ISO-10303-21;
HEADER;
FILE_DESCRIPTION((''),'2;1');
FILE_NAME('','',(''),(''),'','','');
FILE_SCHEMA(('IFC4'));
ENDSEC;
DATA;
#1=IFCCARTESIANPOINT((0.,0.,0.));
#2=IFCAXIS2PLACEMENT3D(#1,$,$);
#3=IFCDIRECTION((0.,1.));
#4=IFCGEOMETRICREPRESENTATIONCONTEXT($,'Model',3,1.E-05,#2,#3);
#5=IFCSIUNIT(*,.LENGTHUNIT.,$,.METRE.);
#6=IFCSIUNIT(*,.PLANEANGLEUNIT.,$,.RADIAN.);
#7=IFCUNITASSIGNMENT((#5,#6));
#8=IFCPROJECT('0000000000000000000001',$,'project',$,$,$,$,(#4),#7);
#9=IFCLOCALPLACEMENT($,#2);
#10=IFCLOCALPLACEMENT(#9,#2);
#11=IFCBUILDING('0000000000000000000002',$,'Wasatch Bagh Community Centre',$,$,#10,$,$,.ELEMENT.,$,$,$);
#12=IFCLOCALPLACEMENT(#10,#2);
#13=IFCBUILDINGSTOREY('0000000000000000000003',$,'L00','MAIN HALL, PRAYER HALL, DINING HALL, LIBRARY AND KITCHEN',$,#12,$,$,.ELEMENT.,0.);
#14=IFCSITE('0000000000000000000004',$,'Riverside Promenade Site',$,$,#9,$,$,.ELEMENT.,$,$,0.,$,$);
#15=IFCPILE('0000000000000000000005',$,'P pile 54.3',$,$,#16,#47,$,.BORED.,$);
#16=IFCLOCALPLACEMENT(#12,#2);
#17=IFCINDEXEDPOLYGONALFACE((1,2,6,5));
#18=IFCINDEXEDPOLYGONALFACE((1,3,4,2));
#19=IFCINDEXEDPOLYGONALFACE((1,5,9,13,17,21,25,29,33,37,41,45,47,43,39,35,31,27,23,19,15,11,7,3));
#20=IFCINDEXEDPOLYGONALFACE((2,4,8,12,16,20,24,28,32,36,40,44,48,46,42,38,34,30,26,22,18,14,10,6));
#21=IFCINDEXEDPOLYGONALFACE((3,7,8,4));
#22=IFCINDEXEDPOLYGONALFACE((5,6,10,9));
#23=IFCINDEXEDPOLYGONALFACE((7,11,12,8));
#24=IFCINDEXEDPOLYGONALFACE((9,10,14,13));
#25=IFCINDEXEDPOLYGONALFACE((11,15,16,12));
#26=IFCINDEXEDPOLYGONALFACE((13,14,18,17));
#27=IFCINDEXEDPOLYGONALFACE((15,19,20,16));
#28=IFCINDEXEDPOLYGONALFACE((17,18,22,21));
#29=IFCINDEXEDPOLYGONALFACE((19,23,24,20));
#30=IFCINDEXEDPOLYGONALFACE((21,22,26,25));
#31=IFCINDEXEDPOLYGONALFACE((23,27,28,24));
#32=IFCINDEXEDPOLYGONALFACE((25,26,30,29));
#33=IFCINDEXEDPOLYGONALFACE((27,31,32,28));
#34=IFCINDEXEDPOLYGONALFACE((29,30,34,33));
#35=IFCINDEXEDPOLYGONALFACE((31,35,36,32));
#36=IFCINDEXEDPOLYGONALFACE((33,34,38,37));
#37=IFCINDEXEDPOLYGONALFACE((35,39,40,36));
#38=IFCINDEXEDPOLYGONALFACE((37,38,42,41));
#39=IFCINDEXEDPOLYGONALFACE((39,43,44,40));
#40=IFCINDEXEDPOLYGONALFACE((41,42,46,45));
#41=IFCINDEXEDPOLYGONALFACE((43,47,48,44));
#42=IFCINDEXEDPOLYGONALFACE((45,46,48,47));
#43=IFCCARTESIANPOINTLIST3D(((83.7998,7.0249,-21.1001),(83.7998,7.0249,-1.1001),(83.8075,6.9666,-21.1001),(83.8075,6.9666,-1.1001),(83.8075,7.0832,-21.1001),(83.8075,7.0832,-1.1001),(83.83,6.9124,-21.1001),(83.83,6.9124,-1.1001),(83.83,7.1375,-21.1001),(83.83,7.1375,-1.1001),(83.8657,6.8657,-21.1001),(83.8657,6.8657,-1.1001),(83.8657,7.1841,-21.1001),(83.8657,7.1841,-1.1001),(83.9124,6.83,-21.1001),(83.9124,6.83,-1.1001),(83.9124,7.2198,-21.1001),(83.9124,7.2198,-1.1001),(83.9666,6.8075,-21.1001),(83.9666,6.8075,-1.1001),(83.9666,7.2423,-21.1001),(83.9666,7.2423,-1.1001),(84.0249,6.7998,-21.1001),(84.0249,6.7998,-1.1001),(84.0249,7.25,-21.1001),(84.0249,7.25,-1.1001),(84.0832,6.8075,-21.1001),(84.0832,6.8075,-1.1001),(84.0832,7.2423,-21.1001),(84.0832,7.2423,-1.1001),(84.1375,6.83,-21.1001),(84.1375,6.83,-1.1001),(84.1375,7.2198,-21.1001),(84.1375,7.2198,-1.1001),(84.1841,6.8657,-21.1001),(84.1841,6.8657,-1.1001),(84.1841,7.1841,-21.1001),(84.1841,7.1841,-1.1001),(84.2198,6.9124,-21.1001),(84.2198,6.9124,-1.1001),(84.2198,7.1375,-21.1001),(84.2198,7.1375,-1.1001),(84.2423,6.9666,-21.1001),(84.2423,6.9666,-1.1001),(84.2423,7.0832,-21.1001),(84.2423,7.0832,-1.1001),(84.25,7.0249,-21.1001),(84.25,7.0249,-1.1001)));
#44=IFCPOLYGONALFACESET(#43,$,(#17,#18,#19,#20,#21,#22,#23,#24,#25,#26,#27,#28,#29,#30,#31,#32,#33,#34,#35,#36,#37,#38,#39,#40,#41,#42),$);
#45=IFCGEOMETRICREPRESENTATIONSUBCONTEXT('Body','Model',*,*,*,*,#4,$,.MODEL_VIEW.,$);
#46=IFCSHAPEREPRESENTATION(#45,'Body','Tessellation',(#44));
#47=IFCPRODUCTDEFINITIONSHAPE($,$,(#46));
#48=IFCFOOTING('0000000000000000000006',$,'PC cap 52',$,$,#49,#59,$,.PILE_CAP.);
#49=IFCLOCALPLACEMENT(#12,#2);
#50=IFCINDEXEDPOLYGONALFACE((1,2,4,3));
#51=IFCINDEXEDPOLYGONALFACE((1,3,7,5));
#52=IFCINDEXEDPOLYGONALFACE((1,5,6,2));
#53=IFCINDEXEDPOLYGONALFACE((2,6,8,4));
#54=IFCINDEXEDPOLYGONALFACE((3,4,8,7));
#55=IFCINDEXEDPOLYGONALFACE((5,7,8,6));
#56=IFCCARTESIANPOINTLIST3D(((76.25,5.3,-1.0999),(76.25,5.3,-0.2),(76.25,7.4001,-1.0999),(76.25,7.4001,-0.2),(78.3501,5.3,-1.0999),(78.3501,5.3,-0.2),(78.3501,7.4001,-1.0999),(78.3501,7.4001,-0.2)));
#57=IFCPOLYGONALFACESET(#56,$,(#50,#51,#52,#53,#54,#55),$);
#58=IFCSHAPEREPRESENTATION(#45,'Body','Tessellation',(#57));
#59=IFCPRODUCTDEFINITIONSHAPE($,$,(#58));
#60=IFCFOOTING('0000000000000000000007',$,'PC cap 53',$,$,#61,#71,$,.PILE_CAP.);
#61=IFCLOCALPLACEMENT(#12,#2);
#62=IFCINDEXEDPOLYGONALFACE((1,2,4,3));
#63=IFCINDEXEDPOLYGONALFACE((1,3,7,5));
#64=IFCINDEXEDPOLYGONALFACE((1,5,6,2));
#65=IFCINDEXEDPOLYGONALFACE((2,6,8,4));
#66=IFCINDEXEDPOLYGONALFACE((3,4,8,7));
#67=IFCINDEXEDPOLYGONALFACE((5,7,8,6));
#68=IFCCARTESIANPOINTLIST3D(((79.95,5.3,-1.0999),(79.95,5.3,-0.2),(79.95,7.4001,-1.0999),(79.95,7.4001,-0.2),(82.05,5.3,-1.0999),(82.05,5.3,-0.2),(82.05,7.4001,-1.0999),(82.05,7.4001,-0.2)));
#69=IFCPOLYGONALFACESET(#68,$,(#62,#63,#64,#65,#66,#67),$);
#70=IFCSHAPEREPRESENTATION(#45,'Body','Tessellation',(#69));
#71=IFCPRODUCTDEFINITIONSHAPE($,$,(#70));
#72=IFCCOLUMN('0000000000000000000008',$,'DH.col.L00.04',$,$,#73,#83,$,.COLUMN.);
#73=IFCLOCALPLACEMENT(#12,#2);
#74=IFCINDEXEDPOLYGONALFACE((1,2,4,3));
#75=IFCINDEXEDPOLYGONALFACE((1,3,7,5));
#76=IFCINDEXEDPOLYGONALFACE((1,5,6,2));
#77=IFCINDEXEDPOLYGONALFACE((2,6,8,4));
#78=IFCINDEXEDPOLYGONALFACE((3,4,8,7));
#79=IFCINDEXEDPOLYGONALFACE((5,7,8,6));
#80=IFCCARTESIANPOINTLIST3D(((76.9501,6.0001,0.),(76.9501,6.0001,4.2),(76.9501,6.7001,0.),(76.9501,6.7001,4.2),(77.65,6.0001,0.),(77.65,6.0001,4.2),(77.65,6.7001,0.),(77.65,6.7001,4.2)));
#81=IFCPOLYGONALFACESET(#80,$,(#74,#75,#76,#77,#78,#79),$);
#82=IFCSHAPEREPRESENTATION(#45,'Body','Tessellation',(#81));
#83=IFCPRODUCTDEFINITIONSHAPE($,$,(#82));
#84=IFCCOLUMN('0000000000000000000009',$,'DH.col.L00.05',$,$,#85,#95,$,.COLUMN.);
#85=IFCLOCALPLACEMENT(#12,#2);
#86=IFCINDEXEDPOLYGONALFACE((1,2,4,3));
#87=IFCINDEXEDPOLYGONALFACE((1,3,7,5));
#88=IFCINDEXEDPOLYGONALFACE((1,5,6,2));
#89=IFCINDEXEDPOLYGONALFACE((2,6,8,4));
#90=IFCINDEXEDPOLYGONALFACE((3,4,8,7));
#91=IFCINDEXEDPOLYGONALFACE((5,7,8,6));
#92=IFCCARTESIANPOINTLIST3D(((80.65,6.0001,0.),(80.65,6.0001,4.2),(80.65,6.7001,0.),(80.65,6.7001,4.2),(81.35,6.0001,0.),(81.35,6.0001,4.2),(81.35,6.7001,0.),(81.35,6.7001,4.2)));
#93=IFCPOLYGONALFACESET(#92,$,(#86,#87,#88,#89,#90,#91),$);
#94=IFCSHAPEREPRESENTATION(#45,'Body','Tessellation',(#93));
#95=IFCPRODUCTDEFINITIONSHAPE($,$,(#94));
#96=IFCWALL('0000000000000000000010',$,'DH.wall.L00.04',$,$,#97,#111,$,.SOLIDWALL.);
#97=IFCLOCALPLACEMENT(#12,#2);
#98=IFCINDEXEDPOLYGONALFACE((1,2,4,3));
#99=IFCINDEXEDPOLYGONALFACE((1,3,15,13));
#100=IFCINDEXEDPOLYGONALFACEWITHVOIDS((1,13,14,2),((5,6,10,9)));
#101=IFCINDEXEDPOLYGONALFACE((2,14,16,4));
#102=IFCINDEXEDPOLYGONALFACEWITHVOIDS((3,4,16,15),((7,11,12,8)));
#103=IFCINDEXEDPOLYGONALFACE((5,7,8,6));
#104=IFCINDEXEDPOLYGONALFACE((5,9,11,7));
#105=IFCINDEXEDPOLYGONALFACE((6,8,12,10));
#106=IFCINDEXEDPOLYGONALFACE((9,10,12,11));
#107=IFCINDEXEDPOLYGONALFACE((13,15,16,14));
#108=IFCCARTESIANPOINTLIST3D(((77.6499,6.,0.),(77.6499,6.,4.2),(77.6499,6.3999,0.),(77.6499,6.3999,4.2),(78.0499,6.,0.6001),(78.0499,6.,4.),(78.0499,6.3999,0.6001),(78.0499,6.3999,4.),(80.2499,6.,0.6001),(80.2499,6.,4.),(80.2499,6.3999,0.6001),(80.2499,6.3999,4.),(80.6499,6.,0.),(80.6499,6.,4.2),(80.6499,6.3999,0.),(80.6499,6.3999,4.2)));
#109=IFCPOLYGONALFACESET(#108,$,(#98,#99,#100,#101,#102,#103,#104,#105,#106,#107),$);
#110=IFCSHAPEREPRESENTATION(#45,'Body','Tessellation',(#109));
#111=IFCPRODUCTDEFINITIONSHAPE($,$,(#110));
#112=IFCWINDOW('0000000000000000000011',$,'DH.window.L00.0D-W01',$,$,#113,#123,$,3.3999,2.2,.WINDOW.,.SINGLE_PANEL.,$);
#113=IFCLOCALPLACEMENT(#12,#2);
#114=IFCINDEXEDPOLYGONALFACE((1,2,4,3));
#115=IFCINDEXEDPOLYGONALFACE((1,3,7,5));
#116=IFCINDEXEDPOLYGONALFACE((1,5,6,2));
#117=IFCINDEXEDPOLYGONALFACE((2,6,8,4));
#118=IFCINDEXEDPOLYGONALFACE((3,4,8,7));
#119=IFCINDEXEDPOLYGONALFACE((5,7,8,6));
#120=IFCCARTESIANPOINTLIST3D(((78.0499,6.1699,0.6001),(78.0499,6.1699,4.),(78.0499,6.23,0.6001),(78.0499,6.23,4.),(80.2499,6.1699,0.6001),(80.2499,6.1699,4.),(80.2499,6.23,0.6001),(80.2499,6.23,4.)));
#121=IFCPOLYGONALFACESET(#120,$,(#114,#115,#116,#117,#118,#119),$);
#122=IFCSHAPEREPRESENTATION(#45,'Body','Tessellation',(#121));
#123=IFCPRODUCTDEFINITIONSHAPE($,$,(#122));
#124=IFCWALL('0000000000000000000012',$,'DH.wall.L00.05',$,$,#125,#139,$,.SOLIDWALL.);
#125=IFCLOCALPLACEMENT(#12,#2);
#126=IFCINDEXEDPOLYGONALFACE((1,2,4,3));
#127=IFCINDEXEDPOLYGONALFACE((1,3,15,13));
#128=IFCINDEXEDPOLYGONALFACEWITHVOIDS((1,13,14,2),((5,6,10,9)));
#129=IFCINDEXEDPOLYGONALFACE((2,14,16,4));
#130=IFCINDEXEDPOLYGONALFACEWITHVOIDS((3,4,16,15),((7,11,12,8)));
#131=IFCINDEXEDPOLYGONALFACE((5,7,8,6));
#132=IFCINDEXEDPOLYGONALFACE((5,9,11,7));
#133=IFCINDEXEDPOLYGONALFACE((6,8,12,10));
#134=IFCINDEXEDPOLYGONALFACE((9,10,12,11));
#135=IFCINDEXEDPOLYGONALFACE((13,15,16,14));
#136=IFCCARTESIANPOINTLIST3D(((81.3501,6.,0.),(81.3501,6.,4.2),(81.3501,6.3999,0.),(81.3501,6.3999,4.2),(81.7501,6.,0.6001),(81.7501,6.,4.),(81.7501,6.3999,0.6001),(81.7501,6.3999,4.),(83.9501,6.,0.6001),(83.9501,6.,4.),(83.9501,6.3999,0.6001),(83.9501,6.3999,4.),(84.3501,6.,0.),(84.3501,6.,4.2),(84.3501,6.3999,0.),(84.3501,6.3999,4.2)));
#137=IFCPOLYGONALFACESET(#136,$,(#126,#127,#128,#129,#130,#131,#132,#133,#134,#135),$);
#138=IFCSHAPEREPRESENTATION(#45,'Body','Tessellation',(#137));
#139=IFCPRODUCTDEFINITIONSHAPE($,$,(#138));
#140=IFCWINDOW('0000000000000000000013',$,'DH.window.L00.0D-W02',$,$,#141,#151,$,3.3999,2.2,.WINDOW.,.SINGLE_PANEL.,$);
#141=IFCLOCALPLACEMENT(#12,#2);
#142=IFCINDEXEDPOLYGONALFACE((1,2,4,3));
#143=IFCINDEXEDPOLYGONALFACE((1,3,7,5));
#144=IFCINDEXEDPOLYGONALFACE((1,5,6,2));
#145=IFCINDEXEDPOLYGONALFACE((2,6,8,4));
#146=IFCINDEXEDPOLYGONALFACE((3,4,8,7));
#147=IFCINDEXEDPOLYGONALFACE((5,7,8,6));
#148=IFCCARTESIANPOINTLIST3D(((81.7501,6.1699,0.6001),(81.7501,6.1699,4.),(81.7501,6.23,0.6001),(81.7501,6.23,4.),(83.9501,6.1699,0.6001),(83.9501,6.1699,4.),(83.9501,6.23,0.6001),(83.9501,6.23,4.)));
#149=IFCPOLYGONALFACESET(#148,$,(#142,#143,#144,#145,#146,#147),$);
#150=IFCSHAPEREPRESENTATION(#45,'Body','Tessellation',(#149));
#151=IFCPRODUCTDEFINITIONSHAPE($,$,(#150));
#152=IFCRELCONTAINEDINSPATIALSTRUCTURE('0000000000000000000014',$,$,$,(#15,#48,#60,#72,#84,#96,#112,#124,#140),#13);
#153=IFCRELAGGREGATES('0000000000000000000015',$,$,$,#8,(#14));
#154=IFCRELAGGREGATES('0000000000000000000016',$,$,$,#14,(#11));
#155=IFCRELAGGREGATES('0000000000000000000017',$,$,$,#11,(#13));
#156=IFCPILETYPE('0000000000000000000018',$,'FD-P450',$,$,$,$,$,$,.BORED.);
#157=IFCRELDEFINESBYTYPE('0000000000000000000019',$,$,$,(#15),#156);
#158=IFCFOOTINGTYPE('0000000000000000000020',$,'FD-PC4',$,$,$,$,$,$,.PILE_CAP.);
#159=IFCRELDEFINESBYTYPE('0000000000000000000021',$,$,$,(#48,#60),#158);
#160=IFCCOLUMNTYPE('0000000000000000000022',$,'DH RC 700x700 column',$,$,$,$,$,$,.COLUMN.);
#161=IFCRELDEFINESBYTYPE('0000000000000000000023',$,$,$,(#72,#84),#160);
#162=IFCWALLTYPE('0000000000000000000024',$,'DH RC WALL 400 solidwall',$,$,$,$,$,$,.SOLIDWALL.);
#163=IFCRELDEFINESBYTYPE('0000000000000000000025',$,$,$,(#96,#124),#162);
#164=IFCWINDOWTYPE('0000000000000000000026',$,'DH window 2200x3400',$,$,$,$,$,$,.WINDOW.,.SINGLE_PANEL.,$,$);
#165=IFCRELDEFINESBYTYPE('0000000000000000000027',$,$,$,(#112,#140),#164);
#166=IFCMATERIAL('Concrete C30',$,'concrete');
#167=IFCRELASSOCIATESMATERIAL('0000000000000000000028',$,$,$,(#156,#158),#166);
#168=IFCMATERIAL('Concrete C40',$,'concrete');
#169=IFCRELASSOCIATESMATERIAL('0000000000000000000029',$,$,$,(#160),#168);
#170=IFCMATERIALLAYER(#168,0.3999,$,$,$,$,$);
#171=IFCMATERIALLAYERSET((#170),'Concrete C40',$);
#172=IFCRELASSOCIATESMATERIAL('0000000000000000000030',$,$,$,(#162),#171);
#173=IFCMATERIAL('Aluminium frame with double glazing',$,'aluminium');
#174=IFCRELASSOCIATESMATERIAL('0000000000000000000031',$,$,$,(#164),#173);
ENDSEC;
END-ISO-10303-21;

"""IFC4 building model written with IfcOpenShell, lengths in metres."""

from ifc_helpers import new_model, si_unit, direction, frame, frame_2d, origin, origin_2d, place, context, subcontext, project, spatial, rectangle, circle, extrude, material, layer, layer_set, material_profile, profile_set, type_object, element, fill, save


model = new_model("IFC4")

# Units and contexts
model_context = context("Model", 3, precision=1e-05, world=origin(), true_north=direction((0.0, 1.0)))
body_context = subcontext(model_context, "Body", "Model", "MODEL_VIEW")
ifc_project = project(units=[si_unit("LENGTHUNIT", "METRE"), si_unit("PLANEANGLEUNIT", "RADIAN")], contexts=[model_context])

# Site, building, storey
site_placement = place(None, origin())
site = spatial("IfcSite", under=ifc_project, at=site_placement, Name="Riverside Promenade Site", CompositionType="ELEMENT", RefElevation=0.0)
building_placement = place(site_placement, origin())
building = spatial("IfcBuilding", under=site, at=building_placement, Name="Wasatch Bagh Community Centre", CompositionType="ELEMENT")
storey_placement = place(building_placement, origin())
storey = spatial("IfcBuildingStorey", under=building, at=storey_placement, Name="L00", Description="MAIN HALL, PRAYER HALL, DINING HALL, LIBRARY AND KITCHEN", CompositionType="ELEMENT", Elevation=0.0)

# Pile
ifc_material_1 = material(Name="Concrete C30", Category="concrete")
ifc_material_profile_1 = material_profile(ifc_material_1, circle(Radius=0.2251, at=origin_2d()), Name="RC D450")
ifc_profile_set_1 = profile_set([ifc_material_profile_1], Name="Concrete C30")
pile_type = type_object("IfcPileType", Name="FD-P450", PredefinedType="BORED", material=ifc_profile_set_1)
for number, where, z_axis, x_axis, name in (
    (1, (84.0249, 7.0249, -1.1001), (0.0, 0.0, -1.0), (1.0, 0.0, 0.0), "P pile 54.3"),
):
    element("IfcPile", number, at=place(storey_placement, frame(where, z_axis=z_axis, x_axis=x_axis)), inside=storey, type_object=pile_type, Name=name, PredefinedType="BORED", context=body_context, shape_type="SweptSolid", body=[
        extrude(circle(Radius=0.2251, at=origin_2d()), origin(), (0.0, 0.0, 1.0), 20.0),
    ])

# Footings
footing_type_1 = type_object("IfcFootingType", Name="FD-PC4", PredefinedType="PILE_CAP", material=ifc_material_1)
for number, where, z_axis, x_axis, name in (
    (2, (77.3, 6.3501, -1.0999), (0.0, 0.0, 1.0), (1.0, 0.0, 0.0), "PC cap 52"),
    (3, (81.0, 6.3501, -1.0999), (0.0, 0.0, 1.0), (1.0, 0.0, 0.0), "PC cap 53"),
):
    element("IfcFooting", number, at=place(storey_placement, frame(where, z_axis=z_axis, x_axis=x_axis)), inside=storey, type_object=footing_type_1, Name=name, PredefinedType="PILE_CAP", context=body_context, shape_type="SweptSolid", body=[
        extrude(rectangle(XDim=2.1001, YDim=2.1001, at=origin_2d()), origin(), (0.0, 0.0, 1.0), 0.8999),
    ])

# Columns
ifc_material_2 = material(Name="Concrete C40", Category="concrete")
ifc_material_profile_2 = material_profile(ifc_material_2, rectangle(XDim=0.7, YDim=0.7, at=origin_2d()), Name="RC 700x700")
ifc_profile_set_2 = profile_set([ifc_material_profile_2], Name="Concrete C40")
column_type = type_object("IfcColumnType", Name="DH RC 700x700 column", PredefinedType="COLUMN", material=ifc_profile_set_2)
for number, where, z_axis, x_axis, name in (
    (4, (77.3, 6.3501, 0.0), (0.0, 0.0, 1.0), (1.0, 0.0, 0.0), "DH.col.L00.04"),
    (5, (81.0, 6.3501, 0.0), (0.0, 0.0, 1.0), (1.0, 0.0, 0.0), "DH.col.L00.05"),
):
    element("IfcColumn", number, at=place(storey_placement, frame(where, z_axis=z_axis, x_axis=x_axis)), inside=storey, type_object=column_type, Name=name, PredefinedType="COLUMN", context=body_context, shape_type="SweptSolid", body=[
        extrude(rectangle(XDim=0.7, YDim=0.7, at=origin_2d()), origin(), (0.0, 0.0, 1.0), 4.2),
    ])

# Shared definitions
ifc_layer = layer(ifc_material_2, 0.3999)
ifc_layer_set = layer_set([ifc_layer], Name="Concrete C40")
wall_type = type_object("IfcWallType", Name="DH RC WALL 400 solidwall", PredefinedType="SOLIDWALL", material=ifc_layer_set)

# Walls, openings, windows
wall_1_placement = place(storey_placement, frame((80.6499, 6.2, 0.0), z_axis=(0.0, 0.0, 1.0), x_axis=(-1.0, 0.0, 0.0)))
wall_1 = element("IfcWall", 6, at=wall_1_placement, inside=storey, type_object=wall_type, Name="DH.wall.L00.04", PredefinedType="SOLIDWALL", context=body_context, shape_type="SweptSolid", body=[
    extrude(rectangle(XDim=3.0, YDim=0.3999, at=frame_2d((1.5, 0.0))), origin(), (0.0, 0.0, 1.0), 4.2),
])
opening_1_placement = place(wall_1_placement, frame((0.3999, 0.0, 0.6001)))
opening_1 = element("IfcOpeningElement", 7, at=opening_1_placement, cuts=wall_1, PredefinedType="OPENING", context=body_context, shape_type="SweptSolid", body=[
    extrude(rectangle(XDim=2.2, YDim=3.3999, at=frame_2d((1.1001, 1.7))), frame((0.0, 0.21, 0.0), z_axis=(0.0, -1.0, 0.0), x_axis=(1.0, 0.0, 0.0)), (0.0, 0.0, 1.0), 0.4199),
])
ifc_material_3 = material(Name="Aluminium frame with double glazing", Category="aluminium")
window_type = type_object("IfcWindowType", Name="DH window 2200x3400", PartitioningType="SINGLE_PANEL", PredefinedType="WINDOW", material=ifc_material_3)
window_1_placement = place(opening_1_placement, origin())
window_1 = element("IfcWindow", 8, at=window_1_placement, inside=storey, type_object=window_type, Name="DH.window.L00.0D-W01", OverallHeight=3.3999, OverallWidth=2.2, PartitioningType="SINGLE_PANEL", PredefinedType="WINDOW", context=body_context, shape_type="SweptSolid", body=[
    extrude(rectangle(XDim=2.2, YDim=3.3999, at=frame_2d((1.1001, 1.7))), frame((0.0, 0.03, 0.0), z_axis=(0.0, -1.0, 0.0), x_axis=(1.0, 0.0, 0.0)), (0.0, 0.0, 1.0), 0.0601),
])
fill(opening_1, window_1)
wall_2_placement = place(storey_placement, frame((84.3501, 6.2, 0.0), z_axis=(0.0, 0.0, 1.0), x_axis=(-1.0, 0.0, 0.0)))
wall_2 = element("IfcWall", 9, at=wall_2_placement, inside=storey, type_object=wall_type, Name="DH.wall.L00.05", PredefinedType="SOLIDWALL", context=body_context, shape_type="SweptSolid", body=[
    extrude(rectangle(XDim=3.0, YDim=0.3999, at=frame_2d((1.5, 0.0))), origin(), (0.0, 0.0, 1.0), 4.2),
])
opening_2_placement = place(wall_2_placement, frame((0.3999, 0.0, 0.6001)))
opening_2 = element("IfcOpeningElement", 10, at=opening_2_placement, cuts=wall_2, PredefinedType="OPENING", context=body_context, shape_type="SweptSolid", body=[
    extrude(rectangle(XDim=2.2, YDim=3.3999, at=frame_2d((1.1001, 1.7))), frame((0.0, 0.21, 0.0), z_axis=(0.0, -1.0, 0.0), x_axis=(1.0, 0.0, 0.0)), (0.0, 0.0, 1.0), 0.4199),
])
window_2_placement = place(opening_2_placement, origin())
window_2 = element("IfcWindow", 11, at=window_2_placement, inside=storey, type_object=window_type, Name="DH.window.L00.0D-W02", OverallHeight=3.3999, OverallWidth=2.2, PartitioningType="SINGLE_PANEL", PredefinedType="WINDOW", context=body_context, shape_type="SweptSolid", body=[
    extrude(rectangle(XDim=2.2, YDim=3.3999, at=frame_2d((1.1001, 1.7))), frame((0.0, 0.03, 0.0), z_axis=(0.0, -1.0, 0.0), x_axis=(1.0, 0.0, 0.0)), (0.0, 0.0, 1.0), 0.0601),
])
fill(opening_2, window_2)

save(model, "model.ifc")
